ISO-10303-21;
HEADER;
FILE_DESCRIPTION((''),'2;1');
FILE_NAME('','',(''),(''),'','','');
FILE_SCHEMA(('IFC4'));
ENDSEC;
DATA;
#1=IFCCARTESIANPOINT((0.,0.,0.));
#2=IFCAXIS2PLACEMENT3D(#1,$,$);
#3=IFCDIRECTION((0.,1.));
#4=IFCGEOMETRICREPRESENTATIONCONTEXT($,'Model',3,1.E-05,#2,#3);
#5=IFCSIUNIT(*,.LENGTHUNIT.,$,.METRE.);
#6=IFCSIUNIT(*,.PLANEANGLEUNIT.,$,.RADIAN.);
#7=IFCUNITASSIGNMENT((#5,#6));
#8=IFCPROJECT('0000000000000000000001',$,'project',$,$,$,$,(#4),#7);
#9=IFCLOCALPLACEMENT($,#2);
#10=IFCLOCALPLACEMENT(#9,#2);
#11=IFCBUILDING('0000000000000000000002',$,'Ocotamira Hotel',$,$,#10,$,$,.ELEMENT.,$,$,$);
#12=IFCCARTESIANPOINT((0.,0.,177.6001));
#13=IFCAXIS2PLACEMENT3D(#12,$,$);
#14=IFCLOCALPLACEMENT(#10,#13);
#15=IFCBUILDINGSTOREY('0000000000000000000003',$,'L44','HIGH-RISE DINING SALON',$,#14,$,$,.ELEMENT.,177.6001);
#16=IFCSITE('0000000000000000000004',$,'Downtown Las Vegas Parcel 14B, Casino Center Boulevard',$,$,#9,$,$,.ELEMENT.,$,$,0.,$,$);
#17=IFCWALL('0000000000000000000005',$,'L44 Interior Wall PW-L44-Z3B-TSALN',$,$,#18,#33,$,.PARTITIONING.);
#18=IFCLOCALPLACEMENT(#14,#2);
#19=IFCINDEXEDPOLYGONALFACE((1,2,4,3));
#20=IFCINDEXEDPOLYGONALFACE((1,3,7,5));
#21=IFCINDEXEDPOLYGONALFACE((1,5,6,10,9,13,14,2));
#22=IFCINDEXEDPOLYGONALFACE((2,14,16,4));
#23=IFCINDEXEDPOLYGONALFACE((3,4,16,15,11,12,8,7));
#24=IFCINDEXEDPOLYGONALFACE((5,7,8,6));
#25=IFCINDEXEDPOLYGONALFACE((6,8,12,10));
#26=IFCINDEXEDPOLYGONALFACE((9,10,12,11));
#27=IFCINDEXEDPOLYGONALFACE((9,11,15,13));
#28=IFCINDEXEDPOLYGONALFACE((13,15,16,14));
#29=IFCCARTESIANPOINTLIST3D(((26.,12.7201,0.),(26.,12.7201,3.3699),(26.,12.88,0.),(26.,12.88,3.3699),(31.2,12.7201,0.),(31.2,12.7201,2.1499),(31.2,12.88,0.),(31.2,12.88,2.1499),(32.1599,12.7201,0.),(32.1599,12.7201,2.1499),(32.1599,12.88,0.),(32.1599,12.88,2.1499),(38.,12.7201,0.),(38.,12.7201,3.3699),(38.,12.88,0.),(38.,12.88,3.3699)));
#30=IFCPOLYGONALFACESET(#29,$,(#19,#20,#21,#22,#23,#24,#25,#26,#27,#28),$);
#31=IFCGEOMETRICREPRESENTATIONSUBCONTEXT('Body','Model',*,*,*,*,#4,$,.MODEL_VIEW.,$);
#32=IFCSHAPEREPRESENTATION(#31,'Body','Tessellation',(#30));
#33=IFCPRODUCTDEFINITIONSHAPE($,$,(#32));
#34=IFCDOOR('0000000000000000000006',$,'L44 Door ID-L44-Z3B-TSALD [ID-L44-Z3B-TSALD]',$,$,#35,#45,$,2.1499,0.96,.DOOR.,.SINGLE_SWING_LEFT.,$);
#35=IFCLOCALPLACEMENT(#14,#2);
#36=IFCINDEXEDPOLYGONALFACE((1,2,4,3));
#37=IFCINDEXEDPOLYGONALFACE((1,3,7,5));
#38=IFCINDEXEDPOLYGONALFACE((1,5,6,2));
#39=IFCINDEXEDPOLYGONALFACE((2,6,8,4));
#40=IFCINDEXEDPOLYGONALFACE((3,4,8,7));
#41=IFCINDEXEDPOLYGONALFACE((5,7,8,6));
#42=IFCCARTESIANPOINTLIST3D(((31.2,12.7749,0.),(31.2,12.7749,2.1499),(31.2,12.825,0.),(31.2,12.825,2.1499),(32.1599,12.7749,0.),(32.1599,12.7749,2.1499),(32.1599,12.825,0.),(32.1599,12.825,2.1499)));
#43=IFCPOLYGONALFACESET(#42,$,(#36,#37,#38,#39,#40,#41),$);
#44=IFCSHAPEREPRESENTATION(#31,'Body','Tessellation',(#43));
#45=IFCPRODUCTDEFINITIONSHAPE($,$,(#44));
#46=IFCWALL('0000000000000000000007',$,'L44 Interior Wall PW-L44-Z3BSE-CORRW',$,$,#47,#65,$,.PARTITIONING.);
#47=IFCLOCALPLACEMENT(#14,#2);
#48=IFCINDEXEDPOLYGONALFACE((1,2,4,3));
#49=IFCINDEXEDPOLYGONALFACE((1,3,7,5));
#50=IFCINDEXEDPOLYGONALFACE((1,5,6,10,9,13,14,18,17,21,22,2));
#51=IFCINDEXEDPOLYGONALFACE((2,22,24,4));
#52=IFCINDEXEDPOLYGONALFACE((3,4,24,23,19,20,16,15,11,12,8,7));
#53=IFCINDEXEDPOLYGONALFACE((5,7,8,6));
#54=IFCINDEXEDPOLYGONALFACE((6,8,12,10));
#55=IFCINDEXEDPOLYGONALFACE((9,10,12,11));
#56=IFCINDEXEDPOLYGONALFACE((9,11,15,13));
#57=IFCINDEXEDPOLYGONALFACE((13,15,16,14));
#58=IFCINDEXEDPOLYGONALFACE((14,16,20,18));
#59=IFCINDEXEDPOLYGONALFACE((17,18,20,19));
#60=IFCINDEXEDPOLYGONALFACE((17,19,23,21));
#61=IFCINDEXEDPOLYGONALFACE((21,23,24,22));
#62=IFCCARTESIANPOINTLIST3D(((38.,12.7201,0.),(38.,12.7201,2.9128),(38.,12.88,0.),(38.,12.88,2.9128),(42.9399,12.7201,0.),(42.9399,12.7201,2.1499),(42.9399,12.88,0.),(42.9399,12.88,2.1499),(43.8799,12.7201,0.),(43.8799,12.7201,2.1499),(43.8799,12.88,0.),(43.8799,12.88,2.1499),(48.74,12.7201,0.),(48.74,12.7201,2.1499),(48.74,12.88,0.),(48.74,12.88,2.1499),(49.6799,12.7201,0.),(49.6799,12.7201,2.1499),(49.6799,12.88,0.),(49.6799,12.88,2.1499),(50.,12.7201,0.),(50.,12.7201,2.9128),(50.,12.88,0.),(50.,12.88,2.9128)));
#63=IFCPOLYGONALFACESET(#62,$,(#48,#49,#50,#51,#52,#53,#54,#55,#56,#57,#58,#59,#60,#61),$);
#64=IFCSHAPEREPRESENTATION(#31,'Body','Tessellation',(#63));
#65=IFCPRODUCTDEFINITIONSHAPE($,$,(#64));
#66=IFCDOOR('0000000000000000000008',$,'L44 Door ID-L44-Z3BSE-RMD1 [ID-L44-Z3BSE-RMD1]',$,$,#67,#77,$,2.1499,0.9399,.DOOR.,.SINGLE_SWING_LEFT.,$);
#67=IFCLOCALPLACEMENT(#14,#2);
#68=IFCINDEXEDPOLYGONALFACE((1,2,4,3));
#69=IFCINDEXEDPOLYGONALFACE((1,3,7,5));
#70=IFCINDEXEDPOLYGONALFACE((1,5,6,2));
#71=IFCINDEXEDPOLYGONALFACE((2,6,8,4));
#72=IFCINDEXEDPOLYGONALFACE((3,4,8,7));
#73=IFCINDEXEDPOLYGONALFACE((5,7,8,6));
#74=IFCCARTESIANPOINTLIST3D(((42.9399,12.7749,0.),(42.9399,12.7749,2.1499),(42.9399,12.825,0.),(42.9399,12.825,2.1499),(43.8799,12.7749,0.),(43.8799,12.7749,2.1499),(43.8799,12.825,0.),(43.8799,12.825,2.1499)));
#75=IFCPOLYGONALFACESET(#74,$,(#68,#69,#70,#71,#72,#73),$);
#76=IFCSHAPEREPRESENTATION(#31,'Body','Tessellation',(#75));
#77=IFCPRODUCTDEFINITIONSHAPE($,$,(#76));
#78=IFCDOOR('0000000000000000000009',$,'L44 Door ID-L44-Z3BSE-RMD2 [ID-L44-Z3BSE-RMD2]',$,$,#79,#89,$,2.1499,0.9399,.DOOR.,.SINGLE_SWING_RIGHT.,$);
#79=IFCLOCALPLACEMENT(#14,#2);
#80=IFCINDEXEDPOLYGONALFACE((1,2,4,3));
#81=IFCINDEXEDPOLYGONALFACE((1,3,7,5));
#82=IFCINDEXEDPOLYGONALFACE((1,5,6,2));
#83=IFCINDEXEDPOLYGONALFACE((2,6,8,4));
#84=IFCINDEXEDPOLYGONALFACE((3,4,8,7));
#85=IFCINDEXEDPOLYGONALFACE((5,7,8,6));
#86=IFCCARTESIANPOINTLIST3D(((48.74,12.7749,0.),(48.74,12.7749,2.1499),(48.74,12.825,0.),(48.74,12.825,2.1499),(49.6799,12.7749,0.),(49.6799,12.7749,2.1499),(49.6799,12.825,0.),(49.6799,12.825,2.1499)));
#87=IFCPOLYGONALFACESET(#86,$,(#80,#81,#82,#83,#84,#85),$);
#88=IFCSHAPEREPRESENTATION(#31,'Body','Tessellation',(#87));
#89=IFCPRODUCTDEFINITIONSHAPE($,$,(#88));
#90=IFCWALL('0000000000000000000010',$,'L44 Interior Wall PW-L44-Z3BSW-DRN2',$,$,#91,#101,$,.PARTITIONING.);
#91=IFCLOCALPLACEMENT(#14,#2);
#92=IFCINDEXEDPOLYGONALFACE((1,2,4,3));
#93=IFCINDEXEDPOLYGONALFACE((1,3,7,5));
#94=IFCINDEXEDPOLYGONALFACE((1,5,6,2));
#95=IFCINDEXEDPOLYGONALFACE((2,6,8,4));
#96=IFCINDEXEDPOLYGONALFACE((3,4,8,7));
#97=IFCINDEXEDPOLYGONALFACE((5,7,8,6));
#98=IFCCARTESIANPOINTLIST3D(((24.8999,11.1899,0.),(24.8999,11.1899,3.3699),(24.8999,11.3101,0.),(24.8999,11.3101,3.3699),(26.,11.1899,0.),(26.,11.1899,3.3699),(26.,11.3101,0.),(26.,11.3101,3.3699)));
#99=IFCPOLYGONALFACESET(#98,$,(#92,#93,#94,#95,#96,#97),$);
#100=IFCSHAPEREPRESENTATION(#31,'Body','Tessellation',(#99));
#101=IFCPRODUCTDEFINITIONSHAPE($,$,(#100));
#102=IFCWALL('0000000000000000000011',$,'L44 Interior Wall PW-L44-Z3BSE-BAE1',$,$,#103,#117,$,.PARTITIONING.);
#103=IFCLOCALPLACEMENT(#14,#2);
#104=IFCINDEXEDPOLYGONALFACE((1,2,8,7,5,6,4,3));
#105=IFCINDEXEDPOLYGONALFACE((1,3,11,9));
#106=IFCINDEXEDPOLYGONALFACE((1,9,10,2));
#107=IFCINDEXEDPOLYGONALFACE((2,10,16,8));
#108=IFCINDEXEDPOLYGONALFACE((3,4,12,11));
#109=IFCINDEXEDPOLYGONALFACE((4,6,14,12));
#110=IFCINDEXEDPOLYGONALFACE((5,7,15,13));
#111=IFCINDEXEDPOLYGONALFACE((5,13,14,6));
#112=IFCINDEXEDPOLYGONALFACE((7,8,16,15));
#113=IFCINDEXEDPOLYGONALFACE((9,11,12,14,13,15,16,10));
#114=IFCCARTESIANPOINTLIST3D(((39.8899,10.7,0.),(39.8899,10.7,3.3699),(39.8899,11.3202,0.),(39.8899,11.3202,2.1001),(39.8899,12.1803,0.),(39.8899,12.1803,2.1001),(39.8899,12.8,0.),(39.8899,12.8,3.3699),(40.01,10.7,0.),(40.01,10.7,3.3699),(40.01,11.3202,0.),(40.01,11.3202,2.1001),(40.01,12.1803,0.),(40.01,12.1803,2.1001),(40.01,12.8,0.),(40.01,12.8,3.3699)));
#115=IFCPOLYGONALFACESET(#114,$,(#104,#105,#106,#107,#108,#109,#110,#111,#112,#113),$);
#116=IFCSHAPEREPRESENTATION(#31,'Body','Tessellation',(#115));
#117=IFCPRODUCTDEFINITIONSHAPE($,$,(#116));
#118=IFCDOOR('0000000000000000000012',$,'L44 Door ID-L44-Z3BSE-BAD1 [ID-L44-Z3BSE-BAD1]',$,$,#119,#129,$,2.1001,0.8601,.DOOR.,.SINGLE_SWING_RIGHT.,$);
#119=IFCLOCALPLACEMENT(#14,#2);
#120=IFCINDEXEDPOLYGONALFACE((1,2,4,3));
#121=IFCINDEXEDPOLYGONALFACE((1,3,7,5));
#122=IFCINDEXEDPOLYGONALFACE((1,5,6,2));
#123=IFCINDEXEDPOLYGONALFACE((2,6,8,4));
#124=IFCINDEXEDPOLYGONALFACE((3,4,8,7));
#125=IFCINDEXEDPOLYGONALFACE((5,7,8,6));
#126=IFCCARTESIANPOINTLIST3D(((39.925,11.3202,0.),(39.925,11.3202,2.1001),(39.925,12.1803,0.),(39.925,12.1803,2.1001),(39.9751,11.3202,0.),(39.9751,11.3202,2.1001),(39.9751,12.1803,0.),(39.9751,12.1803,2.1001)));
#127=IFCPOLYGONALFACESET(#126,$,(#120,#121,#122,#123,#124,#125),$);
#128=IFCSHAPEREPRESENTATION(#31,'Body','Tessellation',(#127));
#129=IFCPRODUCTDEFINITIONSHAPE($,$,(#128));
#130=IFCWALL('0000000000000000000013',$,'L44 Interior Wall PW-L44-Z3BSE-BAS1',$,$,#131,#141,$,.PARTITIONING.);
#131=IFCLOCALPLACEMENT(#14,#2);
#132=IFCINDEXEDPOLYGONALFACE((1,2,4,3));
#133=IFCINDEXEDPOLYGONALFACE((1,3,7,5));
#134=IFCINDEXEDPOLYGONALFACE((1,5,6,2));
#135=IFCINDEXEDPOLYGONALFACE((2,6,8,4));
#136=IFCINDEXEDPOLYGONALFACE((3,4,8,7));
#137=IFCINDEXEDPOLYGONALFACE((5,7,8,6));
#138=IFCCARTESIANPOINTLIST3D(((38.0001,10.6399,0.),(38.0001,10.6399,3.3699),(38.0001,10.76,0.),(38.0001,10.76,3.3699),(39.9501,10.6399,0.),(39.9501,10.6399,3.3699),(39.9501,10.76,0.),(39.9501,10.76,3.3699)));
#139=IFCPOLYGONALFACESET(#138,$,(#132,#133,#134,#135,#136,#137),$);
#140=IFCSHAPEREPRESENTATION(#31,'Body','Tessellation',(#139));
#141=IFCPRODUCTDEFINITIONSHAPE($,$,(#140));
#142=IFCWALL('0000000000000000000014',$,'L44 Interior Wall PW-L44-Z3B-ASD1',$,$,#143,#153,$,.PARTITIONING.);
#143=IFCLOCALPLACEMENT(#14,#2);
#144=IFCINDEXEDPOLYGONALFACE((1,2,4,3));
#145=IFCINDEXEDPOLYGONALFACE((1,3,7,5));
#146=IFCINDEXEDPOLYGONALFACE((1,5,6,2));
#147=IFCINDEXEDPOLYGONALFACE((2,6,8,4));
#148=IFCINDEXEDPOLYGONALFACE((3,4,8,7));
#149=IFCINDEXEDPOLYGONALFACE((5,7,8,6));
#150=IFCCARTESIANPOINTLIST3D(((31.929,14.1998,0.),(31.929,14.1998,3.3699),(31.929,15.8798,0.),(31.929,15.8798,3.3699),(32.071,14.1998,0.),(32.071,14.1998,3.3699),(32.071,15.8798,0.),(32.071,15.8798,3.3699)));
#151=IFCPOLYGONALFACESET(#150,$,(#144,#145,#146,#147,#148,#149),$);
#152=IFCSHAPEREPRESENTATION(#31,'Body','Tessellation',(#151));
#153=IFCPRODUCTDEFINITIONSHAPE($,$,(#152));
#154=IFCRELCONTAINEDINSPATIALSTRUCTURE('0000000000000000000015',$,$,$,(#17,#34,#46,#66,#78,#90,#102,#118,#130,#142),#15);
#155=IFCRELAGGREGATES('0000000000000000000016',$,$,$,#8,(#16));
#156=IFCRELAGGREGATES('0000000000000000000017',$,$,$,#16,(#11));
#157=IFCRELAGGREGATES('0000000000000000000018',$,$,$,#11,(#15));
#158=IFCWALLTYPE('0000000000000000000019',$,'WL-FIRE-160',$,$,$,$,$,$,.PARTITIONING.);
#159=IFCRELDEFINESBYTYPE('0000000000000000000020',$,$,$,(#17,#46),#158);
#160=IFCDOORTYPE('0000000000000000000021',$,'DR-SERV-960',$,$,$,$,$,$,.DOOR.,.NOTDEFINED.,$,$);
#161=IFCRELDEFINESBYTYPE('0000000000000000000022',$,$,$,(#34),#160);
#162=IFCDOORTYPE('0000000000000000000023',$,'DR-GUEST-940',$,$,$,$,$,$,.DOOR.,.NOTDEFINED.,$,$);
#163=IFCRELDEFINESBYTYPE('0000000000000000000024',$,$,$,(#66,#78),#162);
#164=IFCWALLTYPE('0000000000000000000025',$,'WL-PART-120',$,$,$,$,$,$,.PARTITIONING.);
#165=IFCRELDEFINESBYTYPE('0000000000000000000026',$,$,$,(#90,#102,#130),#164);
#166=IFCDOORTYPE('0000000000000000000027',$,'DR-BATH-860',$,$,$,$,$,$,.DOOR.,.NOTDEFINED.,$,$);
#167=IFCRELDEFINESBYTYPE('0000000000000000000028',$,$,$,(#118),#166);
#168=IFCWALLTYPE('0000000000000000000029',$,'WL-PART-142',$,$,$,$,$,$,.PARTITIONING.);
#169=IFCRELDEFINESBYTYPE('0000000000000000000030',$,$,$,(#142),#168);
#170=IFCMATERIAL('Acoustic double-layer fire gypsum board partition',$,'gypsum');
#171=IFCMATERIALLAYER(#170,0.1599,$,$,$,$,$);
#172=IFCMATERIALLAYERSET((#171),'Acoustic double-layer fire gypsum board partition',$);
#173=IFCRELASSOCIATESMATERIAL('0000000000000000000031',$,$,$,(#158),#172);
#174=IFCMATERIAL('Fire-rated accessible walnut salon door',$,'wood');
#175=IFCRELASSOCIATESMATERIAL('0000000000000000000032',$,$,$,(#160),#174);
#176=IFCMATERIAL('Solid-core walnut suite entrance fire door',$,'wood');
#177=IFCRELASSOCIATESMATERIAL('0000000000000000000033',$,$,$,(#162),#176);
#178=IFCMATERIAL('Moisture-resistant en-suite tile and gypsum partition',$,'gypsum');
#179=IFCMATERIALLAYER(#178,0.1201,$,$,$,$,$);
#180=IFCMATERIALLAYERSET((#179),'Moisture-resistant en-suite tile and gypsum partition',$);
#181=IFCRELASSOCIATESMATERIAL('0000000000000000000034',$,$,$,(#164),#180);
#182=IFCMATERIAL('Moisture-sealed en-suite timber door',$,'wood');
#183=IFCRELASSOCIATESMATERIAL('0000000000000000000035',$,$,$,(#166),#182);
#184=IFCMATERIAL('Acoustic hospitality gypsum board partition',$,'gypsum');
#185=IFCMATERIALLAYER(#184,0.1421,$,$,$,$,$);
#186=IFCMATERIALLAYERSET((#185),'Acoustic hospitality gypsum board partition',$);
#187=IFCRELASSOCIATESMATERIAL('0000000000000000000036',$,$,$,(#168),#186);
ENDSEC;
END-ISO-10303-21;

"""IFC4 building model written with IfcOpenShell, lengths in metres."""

from ifc_helpers import new_model, si_unit, direction, frame, frame_2d, origin, place, context, subcontext, project, spatial, rectangle, extrude, source, transform, mapped, material, layer, layer_set, type_object, element, fill, save


model = new_model("IFC4")

# Units and contexts
model_context = context("Model", 3, precision=1e-05, world=origin(), true_north=direction((0.0, 1.0)))
body_context = subcontext(model_context, "Body", "Model", "MODEL_VIEW")
ifc_project = project(units=[si_unit("LENGTHUNIT", "METRE"), si_unit("PLANEANGLEUNIT", "RADIAN")], contexts=[model_context])

# Site, building, storey
site_placement = place(None, origin())
site = spatial("IfcSite", under=ifc_project, at=site_placement, Name="Downtown Las Vegas Parcel 14B, Casino Center Boulevard", CompositionType="ELEMENT", RefElevation=0.0)
building_placement = place(site_placement, origin())
building = spatial("IfcBuilding", under=site, at=building_placement, Name="Ocotamira Hotel", CompositionType="ELEMENT")
storey_placement = place(building_placement, frame((0.0, 0.0, 177.6001)))
storey = spatial("IfcBuildingStorey", under=building, at=storey_placement, Name="L44", Description="HIGH-RISE DINING SALON", CompositionType="ELEMENT", Elevation=177.6001)

# Wall, opening, door
ifc_material_1 = material(Name="Acoustic double-layer fire gypsum board partition", Category="gypsum")
ifc_layer_1 = layer(ifc_material_1, 0.1599)
ifc_layer_set_1 = layer_set([ifc_layer_1], Name="Acoustic double-layer fire gypsum board partition")
wall_type_1 = type_object("IfcWallType", Name="WL-FIRE-160", PredefinedType="PARTITIONING", material=ifc_layer_set_1)
wall_1_placement = place(storey_placement, frame((26.0, 12.8, 0.0), z_axis=(0.0, 0.0, 1.0), x_axis=(1.0, 0.0, 0.0)))
wall_1 = element("IfcWall", 1, at=wall_1_placement, inside=storey, type_object=wall_type_1, Name="L44 Interior Wall PW-L44-Z3B-TSALN", PredefinedType="PARTITIONING", context=body_context, shape_type="SweptSolid", body=[
    extrude(rectangle(XDim=12.0, YDim=0.1599, at=frame_2d((6.0, 0.0))), origin(), (0.0, 0.0, 1.0), 3.3699),
])
opening_1_placement = place(wall_1_placement, frame((5.2, 0.0, 0.0)))
opening_1 = element("IfcOpeningElement", 2, at=opening_1_placement, cuts=wall_1, PredefinedType="OPENING", context=body_context, shape_type="SweptSolid", body=[
    extrude(rectangle(XDim=0.96, YDim=2.1499, at=frame_2d((0.48, 1.075))), frame((0.0, 0.0898, 0.0), z_axis=(0.0, -1.0, 0.0), x_axis=(1.0, 0.0, 0.0)), (0.0, 0.0, 1.0), 0.1799),
])
ifc_material_2 = material(Name="Fire-rated accessible walnut salon door", Category="wood")
door_type_1 = type_object("IfcDoorType", Name="DR-SERV-960", OperationType="NOTDEFINED", PredefinedType="DOOR", material=ifc_material_2)
shared_shape_1 = source(origin(), body_context, "Body", "SweptSolid", [
    extrude(rectangle(XDim=0.96, YDim=2.1499, at=frame_2d((0.48, 1.075))), frame((0.0, 0.0249, 0.0), z_axis=(0.0, -1.0, 0.0), x_axis=(1.0, 0.0, 0.0)), (0.0, 0.0, 1.0), 0.05),
])
door_1_placement = place(opening_1_placement, origin())
door_1 = element("IfcDoor", 3, at=door_1_placement, inside=storey, type_object=door_type_1, Name="L44 Door ID-L44-Z3B-TSALD [ID-L44-Z3B-TSALD]", OperationType="SINGLE_SWING_LEFT", OverallHeight=2.1499, OverallWidth=0.96, PredefinedType="DOOR", context=body_context, shape_type="MappedRepresentation", body=[
    mapped(shared_shape_1, transform((0.0, 0.0, 0.0), scale=1.0)),
])
fill(opening_1, door_1)

# Wall, openings, doors
wall_2_placement = place(storey_placement, frame((38.0, 12.8, 0.0), z_axis=(0.0, 0.0, 1.0), x_axis=(1.0, 0.0, 0.0)))
wall_2 = element("IfcWall", 4, at=wall_2_placement, inside=storey, type_object=wall_type_1, Name="L44 Interior Wall PW-L44-Z3BSE-CORRW", PredefinedType="PARTITIONING", context=body_context, shape_type="SweptSolid", body=[
    extrude(rectangle(XDim=12.0, YDim=0.1599, at=frame_2d((6.0, 0.0))), origin(), (0.0, 0.0, 1.0), 2.9128),
])
opening_2_placement = place(wall_2_placement, frame((4.9399, 0.0, 0.0)))
opening_2 = element("IfcOpeningElement", 5, at=opening_2_placement, cuts=wall_2, PredefinedType="OPENING", context=body_context, shape_type="SweptSolid", body=[
    extrude(rectangle(XDim=0.9399, YDim=2.1499, at=frame_2d((0.47, 1.075))), frame((0.0, 0.0898, 0.0), z_axis=(0.0, -1.0, 0.0), x_axis=(1.0, 0.0, 0.0)), (0.0, 0.0, 1.0), 0.1799),
])
opening_3_placement = place(wall_2_placement, frame((10.74, 0.0, 0.0)))
opening_3 = element("IfcOpeningElement", 6, at=opening_3_placement, cuts=wall_2, PredefinedType="OPENING", context=body_context, shape_type="SweptSolid", body=[
    extrude(rectangle(XDim=0.9399, YDim=2.1499, at=frame_2d((0.47, 1.075))), frame((0.0, 0.0898, 0.0), z_axis=(0.0, -1.0, 0.0), x_axis=(1.0, 0.0, 0.0)), (0.0, 0.0, 1.0), 0.1799),
])
ifc_material_3 = material(Name="Solid-core walnut suite entrance fire door", Category="wood")
door_type_2 = type_object("IfcDoorType", Name="DR-GUEST-940", OperationType="NOTDEFINED", PredefinedType="DOOR", material=ifc_material_3)
shared_shape_2 = source(origin(), body_context, "Body", "SweptSolid", [
    extrude(rectangle(XDim=0.9399, YDim=2.1499, at=frame_2d((0.47, 1.075))), frame((0.0, 0.0249, 0.0), z_axis=(0.0, -1.0, 0.0), x_axis=(1.0, 0.0, 0.0)), (0.0, 0.0, 1.0), 0.05),
])
door_2_placement = place(opening_2_placement, origin())
door_2 = element("IfcDoor", 7, at=door_2_placement, inside=storey, type_object=door_type_2, Name="L44 Door ID-L44-Z3BSE-RMD1 [ID-L44-Z3BSE-RMD1]", OperationType="SINGLE_SWING_LEFT", OverallHeight=2.1499, OverallWidth=0.9399, PredefinedType="DOOR", context=body_context, shape_type="MappedRepresentation", body=[
    mapped(shared_shape_2, transform((0.0, 0.0, 0.0), scale=1.0)),
])
fill(opening_2, door_2)
door_3_placement = place(opening_3_placement, origin())
door_3 = element("IfcDoor", 8, at=door_3_placement, inside=storey, type_object=door_type_2, Name="L44 Door ID-L44-Z3BSE-RMD2 [ID-L44-Z3BSE-RMD2]", OperationType="SINGLE_SWING_RIGHT", OverallHeight=2.1499, OverallWidth=0.9399, PredefinedType="DOOR", context=body_context, shape_type="MappedRepresentation", body=[
    mapped(shared_shape_2, transform((0.0, 0.0, 0.0), scale=1.0)),
])
fill(opening_3, door_3)

# Wall
ifc_material_4 = material(Name="Moisture-resistant en-suite tile and gypsum partition", Category="gypsum")
ifc_layer_2 = layer(ifc_material_4, 0.1201)
ifc_layer_set_2 = layer_set([ifc_layer_2], Name="Moisture-resistant en-suite tile and gypsum partition")
wall_type_2 = type_object("IfcWallType", Name="WL-PART-120", PredefinedType="PARTITIONING", material=ifc_layer_set_2)
wall_3_placement = place(storey_placement, frame((24.8999, 11.25, 0.0), z_axis=(0.0, 0.0, 1.0), x_axis=(1.0, 0.0, 0.0)))
element("IfcWall", 9, at=wall_3_placement, inside=storey, type_object=wall_type_2, Name="L44 Interior Wall PW-L44-Z3BSW-DRN2", PredefinedType="PARTITIONING", context=body_context, shape_type="SweptSolid", body=[
    extrude(rectangle(XDim=1.1001, YDim=0.1201, at=frame_2d((0.55, 0.0))), origin(), (0.0, 0.0, 1.0), 3.3699),
])

# Wall, opening, door
wall_4_placement = place(storey_placement, frame((39.95, 10.7, 0.0), z_axis=(0.0, 0.0, 1.0), x_axis=(0.0, 1.0, 0.0)))
wall_4 = element("IfcWall", 10, at=wall_4_placement, inside=storey, type_object=wall_type_2, Name="L44 Interior Wall PW-L44-Z3BSE-BAE1", PredefinedType="PARTITIONING", context=body_context, shape_type="SweptSolid", body=[
    extrude(rectangle(XDim=2.1001, YDim=0.1201, at=frame_2d((1.05, 0.0))), origin(), (0.0, 0.0, 1.0), 3.3699),
])
opening_4_placement = place(wall_4_placement, frame((0.6201, 0.0, 0.0)))
opening_4 = element("IfcOpeningElement", 11, at=opening_4_placement, cuts=wall_4, PredefinedType="OPENING", context=body_context, shape_type="SweptSolid", body=[
    extrude(rectangle(XDim=0.8601, YDim=2.1001, at=frame_2d((0.4302, 1.05))), frame((0.0, 0.0701, 0.0), z_axis=(0.0, -1.0, 0.0), x_axis=(1.0, 0.0, 0.0)), (0.0, 0.0, 1.0), 0.1401),
])
ifc_material_5 = material(Name="Moisture-sealed en-suite timber door", Category="wood")
door_type_3 = type_object("IfcDoorType", Name="DR-BATH-860", OperationType="NOTDEFINED", PredefinedType="DOOR", material=ifc_material_5)
shared_shape_3 = source(origin(), body_context, "Body", "SweptSolid", [
    extrude(rectangle(XDim=0.8601, YDim=2.1001, at=frame_2d((0.4302, 1.05))), frame((0.0, 0.0249, 0.0), z_axis=(0.0, -1.0, 0.0), x_axis=(1.0, 0.0, 0.0)), (0.0, 0.0, 1.0), 0.05),
])
door_4_placement = place(opening_4_placement, origin())
door_4 = element("IfcDoor", 12, at=door_4_placement, inside=storey, type_object=door_type_3, Name="L44 Door ID-L44-Z3BSE-BAD1 [ID-L44-Z3BSE-BAD1]", OperationType="SINGLE_SWING_RIGHT", OverallHeight=2.1001, OverallWidth=0.8601, PredefinedType="DOOR", context=body_context, shape_type="MappedRepresentation", body=[
    mapped(shared_shape_3, transform((0.0, 0.0, 0.0), scale=1.0)),
])
fill(opening_4, door_4)

# Walls
wall_5_placement = place(storey_placement, frame((38.0, 10.7, 0.0), z_axis=(0.0, 0.0, 1.0), x_axis=(1.0, 0.0, 0.0)))
element("IfcWall", 13, at=wall_5_placement, inside=storey, type_object=wall_type_2, Name="L44 Interior Wall PW-L44-Z3BSE-BAS1", PredefinedType="PARTITIONING", context=body_context, shape_type="SweptSolid", body=[
    extrude(rectangle(XDim=1.95, YDim=0.1201, at=frame_2d((0.9751, 0.0))), origin(), (0.0, 0.0, 1.0), 3.3699),
])
ifc_material_6 = material(Name="Acoustic hospitality gypsum board partition", Category="gypsum")
ifc_layer_3 = layer(ifc_material_6, 0.1421)
ifc_layer_set_3 = layer_set([ifc_layer_3], Name="Acoustic hospitality gypsum board partition")
wall_type_3 = type_object("IfcWallType", Name="WL-PART-142", PredefinedType="PARTITIONING", material=ifc_layer_set_3)
wall_6_placement = place(storey_placement, frame((32.0, 14.2, 0.0), z_axis=(0.0, 0.0, 1.0), x_axis=(0.0, 1.0, 0.0)))
element("IfcWall", 14, at=wall_6_placement, inside=storey, type_object=wall_type_3, Name="L44 Interior Wall PW-L44-Z3B-ASD1", PredefinedType="PARTITIONING", context=body_context, shape_type="SweptSolid", body=[
    extrude(rectangle(XDim=1.6799, YDim=0.1421, at=frame_2d((0.8398, 0.0))), origin(), (0.0, 0.0, 1.0), 3.3699),
])

save(model, "model.ifc")
